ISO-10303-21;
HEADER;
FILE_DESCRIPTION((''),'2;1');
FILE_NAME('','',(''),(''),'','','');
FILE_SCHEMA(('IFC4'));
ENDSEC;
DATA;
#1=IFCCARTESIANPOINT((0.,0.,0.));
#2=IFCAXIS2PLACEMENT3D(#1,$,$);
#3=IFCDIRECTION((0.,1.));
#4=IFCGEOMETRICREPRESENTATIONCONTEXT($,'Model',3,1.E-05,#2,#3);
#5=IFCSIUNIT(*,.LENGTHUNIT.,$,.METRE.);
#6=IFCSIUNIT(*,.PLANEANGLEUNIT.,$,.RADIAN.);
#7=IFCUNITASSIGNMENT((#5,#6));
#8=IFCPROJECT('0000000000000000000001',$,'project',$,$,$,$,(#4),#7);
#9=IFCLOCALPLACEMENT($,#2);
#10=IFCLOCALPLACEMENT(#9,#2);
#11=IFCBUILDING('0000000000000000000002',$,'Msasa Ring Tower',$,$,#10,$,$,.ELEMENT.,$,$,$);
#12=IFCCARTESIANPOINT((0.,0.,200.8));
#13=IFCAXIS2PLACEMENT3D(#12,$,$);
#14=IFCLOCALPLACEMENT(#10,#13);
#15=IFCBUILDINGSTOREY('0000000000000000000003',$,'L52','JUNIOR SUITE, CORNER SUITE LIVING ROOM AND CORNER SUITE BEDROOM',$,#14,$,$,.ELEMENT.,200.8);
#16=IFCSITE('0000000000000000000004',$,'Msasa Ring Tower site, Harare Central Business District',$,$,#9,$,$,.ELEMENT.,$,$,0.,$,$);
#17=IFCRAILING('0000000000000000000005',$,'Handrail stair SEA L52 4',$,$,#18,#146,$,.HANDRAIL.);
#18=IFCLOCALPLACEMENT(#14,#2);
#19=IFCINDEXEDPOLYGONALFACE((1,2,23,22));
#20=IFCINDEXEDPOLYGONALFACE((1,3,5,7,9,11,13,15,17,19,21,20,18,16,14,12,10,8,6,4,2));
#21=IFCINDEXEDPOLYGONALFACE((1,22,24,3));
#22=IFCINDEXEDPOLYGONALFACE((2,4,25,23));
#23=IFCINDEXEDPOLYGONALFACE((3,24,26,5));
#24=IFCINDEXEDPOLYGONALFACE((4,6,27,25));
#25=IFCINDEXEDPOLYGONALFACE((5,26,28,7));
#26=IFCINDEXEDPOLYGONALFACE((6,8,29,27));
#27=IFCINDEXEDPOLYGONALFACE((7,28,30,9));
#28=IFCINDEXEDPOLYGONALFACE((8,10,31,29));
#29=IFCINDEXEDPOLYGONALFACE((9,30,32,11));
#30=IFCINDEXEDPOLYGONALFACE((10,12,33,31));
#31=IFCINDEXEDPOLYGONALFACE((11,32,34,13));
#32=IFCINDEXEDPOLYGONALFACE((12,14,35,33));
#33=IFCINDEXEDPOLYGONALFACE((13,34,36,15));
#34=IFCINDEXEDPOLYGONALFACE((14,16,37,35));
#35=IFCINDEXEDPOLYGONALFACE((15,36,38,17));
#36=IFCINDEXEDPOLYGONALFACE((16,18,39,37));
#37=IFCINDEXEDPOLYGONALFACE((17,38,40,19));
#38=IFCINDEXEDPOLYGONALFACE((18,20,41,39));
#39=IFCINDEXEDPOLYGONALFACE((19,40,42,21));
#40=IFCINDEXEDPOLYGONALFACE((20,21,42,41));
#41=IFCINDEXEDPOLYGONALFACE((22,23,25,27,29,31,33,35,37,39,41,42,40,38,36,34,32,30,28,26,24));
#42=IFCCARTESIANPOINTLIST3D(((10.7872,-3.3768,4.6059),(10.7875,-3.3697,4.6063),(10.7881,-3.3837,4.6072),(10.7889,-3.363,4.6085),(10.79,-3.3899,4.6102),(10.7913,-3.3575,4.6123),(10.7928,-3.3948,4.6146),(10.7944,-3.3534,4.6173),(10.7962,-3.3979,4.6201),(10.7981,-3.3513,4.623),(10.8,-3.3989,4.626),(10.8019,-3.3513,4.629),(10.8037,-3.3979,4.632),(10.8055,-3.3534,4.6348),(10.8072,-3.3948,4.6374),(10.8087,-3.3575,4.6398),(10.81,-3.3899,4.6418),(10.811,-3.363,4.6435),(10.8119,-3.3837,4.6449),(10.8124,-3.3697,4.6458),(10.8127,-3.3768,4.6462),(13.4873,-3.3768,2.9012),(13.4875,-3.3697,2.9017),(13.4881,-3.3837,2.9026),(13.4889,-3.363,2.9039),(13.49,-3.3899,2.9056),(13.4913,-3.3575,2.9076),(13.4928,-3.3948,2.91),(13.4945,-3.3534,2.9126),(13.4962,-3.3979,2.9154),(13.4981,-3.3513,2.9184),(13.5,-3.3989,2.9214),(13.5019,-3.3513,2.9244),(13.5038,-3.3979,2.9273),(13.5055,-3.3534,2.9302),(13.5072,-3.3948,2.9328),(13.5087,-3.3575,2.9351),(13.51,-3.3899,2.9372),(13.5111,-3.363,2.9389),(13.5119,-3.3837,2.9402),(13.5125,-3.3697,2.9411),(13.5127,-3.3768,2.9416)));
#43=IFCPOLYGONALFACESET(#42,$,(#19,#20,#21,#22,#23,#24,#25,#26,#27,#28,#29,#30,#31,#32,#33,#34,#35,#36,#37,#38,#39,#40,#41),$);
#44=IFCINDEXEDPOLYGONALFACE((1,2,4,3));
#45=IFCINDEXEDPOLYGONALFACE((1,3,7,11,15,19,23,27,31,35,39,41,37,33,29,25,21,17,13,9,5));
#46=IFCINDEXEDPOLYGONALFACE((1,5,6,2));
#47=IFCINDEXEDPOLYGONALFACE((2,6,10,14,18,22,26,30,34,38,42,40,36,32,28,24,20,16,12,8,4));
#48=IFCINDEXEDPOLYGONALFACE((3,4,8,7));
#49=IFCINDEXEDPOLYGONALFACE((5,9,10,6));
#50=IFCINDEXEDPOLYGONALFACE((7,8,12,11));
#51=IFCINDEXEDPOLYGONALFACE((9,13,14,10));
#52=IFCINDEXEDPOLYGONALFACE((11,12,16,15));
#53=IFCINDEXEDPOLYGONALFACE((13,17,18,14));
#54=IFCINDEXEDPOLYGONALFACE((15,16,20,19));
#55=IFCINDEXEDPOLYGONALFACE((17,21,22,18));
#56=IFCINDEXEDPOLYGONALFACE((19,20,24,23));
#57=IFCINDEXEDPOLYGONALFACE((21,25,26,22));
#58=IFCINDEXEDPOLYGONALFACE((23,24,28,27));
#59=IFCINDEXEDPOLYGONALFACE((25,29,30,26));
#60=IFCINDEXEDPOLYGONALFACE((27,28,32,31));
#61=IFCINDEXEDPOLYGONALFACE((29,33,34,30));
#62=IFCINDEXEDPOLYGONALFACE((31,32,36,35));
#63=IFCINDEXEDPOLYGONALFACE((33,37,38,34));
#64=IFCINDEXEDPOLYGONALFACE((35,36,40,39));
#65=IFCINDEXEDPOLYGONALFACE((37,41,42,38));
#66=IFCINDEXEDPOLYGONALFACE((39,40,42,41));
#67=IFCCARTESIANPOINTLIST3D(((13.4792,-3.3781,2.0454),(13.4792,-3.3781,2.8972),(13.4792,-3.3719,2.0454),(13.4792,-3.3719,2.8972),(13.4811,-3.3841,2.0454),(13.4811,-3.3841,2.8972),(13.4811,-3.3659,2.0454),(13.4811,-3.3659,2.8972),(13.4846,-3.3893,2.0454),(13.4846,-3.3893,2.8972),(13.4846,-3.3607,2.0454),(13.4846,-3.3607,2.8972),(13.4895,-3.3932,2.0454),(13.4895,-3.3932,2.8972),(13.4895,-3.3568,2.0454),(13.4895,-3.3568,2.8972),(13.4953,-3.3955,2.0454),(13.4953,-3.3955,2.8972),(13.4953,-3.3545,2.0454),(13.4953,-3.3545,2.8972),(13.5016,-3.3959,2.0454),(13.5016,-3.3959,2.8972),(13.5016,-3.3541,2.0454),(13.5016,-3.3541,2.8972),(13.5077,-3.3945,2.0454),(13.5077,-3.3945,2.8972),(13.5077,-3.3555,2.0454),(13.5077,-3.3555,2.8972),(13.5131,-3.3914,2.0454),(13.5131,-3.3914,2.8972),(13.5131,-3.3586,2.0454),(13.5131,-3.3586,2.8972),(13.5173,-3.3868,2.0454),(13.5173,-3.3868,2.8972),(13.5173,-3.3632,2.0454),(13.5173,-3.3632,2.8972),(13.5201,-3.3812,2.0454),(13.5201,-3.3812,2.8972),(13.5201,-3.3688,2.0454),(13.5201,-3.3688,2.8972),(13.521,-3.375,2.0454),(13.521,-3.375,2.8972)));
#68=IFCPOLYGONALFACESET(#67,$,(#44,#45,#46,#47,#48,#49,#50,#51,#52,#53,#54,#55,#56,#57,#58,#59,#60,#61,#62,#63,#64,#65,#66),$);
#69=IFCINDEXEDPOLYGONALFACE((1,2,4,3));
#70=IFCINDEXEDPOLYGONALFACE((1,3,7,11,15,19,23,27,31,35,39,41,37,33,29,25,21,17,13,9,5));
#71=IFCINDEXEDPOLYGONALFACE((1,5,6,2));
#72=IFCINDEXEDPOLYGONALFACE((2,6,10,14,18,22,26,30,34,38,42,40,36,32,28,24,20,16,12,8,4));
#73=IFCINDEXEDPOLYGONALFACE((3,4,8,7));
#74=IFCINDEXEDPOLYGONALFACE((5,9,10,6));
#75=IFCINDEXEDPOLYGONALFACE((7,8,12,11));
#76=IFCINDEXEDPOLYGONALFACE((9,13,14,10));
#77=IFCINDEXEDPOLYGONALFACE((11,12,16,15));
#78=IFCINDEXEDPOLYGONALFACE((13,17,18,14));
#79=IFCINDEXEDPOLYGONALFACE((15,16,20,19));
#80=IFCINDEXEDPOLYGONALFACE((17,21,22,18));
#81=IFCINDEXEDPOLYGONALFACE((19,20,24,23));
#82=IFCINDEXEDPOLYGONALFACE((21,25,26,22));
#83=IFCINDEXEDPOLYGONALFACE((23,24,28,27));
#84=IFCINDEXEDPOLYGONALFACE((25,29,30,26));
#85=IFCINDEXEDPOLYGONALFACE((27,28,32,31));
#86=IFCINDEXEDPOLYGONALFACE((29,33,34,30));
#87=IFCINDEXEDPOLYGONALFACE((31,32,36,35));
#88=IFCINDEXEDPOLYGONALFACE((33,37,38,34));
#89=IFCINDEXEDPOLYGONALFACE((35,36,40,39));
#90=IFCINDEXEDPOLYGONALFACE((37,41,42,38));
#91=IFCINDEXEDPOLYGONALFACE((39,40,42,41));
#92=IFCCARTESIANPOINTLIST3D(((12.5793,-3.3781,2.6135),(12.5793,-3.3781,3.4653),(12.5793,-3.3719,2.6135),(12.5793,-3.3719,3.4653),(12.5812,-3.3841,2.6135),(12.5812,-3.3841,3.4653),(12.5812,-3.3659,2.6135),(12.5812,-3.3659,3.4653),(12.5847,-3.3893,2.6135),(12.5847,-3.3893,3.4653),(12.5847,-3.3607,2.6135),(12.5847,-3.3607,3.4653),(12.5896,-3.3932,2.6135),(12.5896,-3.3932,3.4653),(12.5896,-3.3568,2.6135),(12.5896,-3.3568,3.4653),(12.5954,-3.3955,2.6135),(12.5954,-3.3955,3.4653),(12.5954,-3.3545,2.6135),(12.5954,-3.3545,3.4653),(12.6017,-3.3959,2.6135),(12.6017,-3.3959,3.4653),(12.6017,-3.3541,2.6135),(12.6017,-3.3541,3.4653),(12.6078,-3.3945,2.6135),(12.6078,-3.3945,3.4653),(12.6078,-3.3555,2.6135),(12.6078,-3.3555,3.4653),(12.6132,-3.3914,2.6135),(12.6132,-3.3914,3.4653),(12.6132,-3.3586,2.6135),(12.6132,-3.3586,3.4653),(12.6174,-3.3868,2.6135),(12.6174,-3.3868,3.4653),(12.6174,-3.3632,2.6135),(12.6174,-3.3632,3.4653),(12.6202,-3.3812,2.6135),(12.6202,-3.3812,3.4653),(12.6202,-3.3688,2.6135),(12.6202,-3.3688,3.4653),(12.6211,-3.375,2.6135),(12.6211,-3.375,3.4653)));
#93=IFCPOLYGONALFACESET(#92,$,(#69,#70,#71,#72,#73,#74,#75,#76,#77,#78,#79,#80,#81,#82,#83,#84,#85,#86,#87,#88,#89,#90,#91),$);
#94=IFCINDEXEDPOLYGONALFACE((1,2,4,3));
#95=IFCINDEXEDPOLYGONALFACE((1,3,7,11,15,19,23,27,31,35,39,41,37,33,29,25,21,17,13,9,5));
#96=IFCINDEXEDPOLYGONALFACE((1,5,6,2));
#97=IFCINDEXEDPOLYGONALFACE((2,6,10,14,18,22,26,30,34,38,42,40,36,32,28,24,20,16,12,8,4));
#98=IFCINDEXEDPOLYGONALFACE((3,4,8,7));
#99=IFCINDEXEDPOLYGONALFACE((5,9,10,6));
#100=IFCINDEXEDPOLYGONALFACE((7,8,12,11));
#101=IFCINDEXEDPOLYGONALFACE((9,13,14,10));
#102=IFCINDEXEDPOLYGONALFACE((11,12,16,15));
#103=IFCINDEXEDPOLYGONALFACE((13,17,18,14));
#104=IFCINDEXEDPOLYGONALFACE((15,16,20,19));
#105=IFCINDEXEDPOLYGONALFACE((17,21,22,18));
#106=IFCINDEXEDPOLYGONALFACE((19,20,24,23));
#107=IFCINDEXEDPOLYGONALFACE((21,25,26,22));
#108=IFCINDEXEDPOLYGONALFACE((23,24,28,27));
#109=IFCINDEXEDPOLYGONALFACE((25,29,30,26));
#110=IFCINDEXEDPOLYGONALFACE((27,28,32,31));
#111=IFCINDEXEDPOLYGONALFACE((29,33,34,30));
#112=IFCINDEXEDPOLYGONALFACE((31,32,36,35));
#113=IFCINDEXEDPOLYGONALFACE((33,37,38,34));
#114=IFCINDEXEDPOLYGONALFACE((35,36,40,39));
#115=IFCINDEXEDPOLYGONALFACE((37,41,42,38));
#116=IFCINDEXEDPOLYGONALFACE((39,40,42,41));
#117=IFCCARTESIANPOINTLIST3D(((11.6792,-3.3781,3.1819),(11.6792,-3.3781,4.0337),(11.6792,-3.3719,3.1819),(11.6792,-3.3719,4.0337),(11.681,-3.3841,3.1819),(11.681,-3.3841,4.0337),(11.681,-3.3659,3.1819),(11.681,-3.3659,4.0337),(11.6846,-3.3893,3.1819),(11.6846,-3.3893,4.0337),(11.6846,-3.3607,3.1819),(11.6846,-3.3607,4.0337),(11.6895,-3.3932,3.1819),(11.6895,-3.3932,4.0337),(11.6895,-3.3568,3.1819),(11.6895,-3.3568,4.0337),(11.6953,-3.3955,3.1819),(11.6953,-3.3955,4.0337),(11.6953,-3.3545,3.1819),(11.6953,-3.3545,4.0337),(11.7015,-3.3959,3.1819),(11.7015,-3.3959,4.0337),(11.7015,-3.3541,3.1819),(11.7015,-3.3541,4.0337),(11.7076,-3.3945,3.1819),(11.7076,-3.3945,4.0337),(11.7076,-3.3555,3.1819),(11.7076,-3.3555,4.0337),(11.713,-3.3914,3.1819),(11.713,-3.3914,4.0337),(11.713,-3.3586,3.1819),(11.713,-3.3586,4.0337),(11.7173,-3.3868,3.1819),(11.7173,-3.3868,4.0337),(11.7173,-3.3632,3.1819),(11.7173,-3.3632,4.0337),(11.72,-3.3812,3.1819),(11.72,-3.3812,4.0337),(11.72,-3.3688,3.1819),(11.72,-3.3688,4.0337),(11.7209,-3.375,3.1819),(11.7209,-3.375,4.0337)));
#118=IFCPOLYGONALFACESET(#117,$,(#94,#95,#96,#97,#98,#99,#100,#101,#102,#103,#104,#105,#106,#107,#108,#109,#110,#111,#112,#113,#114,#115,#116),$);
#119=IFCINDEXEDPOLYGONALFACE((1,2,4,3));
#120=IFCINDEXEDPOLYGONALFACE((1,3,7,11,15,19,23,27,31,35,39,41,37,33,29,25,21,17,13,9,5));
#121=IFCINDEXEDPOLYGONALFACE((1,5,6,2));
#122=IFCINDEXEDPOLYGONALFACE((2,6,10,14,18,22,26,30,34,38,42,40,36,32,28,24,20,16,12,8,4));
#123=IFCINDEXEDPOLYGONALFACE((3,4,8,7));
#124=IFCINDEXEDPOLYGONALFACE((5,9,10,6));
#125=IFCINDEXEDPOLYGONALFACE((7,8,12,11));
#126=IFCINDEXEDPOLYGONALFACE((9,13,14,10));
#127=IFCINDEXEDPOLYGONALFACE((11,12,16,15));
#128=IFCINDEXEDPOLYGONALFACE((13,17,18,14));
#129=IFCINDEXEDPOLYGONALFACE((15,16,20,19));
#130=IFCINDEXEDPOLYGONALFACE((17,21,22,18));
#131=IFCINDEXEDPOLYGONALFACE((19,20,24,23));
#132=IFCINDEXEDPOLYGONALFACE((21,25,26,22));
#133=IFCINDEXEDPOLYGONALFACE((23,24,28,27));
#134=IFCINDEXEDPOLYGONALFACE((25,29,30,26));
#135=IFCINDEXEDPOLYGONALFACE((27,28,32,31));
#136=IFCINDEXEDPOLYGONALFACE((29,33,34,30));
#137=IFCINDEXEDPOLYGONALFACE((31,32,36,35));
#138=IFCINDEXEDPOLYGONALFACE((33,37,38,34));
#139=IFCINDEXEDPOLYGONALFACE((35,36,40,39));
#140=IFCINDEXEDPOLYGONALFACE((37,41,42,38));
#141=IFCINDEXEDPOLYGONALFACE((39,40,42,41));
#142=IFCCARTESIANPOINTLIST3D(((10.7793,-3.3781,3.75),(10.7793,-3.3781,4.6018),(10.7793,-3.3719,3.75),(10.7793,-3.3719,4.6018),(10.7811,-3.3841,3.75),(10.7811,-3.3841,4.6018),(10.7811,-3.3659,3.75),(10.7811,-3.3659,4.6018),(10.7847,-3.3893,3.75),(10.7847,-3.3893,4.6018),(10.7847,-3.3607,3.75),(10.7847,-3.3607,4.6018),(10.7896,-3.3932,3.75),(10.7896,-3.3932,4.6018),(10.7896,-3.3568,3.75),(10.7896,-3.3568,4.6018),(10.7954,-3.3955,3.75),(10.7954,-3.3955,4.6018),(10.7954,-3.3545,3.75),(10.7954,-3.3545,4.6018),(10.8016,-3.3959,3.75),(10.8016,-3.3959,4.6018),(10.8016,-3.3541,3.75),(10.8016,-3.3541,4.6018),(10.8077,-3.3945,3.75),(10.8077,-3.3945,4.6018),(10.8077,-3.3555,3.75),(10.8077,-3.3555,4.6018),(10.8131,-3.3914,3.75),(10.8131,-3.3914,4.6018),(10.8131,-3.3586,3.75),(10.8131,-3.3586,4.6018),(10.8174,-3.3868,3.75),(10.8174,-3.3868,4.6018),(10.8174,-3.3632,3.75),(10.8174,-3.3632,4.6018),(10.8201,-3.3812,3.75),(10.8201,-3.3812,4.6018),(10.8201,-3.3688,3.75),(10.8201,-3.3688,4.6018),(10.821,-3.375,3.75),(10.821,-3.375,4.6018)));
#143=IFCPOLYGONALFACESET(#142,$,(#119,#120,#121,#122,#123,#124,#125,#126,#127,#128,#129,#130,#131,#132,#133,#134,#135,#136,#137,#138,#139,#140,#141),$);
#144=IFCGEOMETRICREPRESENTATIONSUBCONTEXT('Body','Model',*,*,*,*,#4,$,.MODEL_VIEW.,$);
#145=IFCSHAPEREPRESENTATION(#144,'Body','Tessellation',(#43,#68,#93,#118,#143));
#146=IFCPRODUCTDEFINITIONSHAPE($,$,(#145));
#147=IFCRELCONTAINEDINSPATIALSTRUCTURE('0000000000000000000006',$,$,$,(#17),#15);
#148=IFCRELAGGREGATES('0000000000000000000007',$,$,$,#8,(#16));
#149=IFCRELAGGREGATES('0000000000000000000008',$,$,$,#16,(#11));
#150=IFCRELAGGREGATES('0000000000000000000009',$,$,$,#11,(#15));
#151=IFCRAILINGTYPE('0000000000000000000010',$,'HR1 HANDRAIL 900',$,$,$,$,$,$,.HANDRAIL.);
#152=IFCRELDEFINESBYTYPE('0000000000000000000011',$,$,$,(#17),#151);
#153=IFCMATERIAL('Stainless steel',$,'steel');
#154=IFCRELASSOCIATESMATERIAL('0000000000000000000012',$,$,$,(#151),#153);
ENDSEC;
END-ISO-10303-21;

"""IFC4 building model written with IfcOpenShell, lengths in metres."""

from ifc_helpers import new_model, si_unit, direction, frame, origin, origin_2d, place, context, subcontext, project, spatial, circle, extrude, material, type_object, element, save


model = new_model("IFC4")

# Units and contexts
model_context = context("Model", 3, precision=1e-05, world=origin(), true_north=direction((0.0, 1.0)))
body_context = subcontext(model_context, "Body", "Model", "MODEL_VIEW")
ifc_project = project(units=[si_unit("LENGTHUNIT", "METRE"), si_unit("PLANEANGLEUNIT", "RADIAN")], contexts=[model_context])

# Site, building, storey
site_placement = place(None, origin())
site = spatial("IfcSite", under=ifc_project, at=site_placement, Name="Msasa Ring Tower site, Harare Central Business District", CompositionType="ELEMENT", RefElevation=0.0)
building_placement = place(site_placement, origin())
building = spatial("IfcBuilding", under=site, at=building_placement, Name="Msasa Ring Tower", CompositionType="ELEMENT")
storey_placement = place(building_placement, frame((0.0, 0.0, 200.8)))
storey = spatial("IfcBuildingStorey", under=building, at=storey_placement, Name="L52", Description="JUNIOR SUITE, CORNER SUITE LIVING ROOM AND CORNER SUITE BEDROOM", CompositionType="ELEMENT", Elevation=200.8)

# Railing
ifc_material_1 = material(Name="Stainless steel", Category="steel")
railing_type = type_object("IfcRailingType", Name="HR1 HANDRAIL 900", PredefinedType="HANDRAIL", material=ifc_material_1)
for number, where, name in (
    (1, (13.5, -3.375, 2.0454), "Handrail stair SEA L52 4"),
):
    element("IfcRailing", number, at=place(storey_placement, frame(where)), inside=storey, type_object=railing_type, Name=name, PredefinedType="HANDRAIL", context=body_context, shape_type="SweptSolid", body=[
        extrude(circle(Radius=0.0239, at=origin_2d()), frame((0.0, 0.0, 0.876), z_axis=(-0.84558, 0.0, 0.533849), x_axis=(0.0, -1.0, 0.0)), (0.0, 0.0, 1.0), 3.1931),
        extrude(circle(Radius=0.021, at=origin_2d()), origin(), (0.0, 0.0, 1.0), 0.8518),
        extrude(circle(Radius=0.021, at=origin_2d()), frame((-0.8999, 0.0, 0.5681)), (0.0, 0.0, 1.0), 0.8518),
        extrude(circle(Radius=0.021, at=origin_2d()), frame((-1.8, 0.0, 1.1365)), (0.0, 0.0, 1.0), 0.8518),
        extrude(circle(Radius=0.021, at=origin_2d()), frame((-2.7, 0.0, 1.7046)), (0.0, 0.0, 1.0), 0.8518),
    ])

save(model, "model.ifc")
